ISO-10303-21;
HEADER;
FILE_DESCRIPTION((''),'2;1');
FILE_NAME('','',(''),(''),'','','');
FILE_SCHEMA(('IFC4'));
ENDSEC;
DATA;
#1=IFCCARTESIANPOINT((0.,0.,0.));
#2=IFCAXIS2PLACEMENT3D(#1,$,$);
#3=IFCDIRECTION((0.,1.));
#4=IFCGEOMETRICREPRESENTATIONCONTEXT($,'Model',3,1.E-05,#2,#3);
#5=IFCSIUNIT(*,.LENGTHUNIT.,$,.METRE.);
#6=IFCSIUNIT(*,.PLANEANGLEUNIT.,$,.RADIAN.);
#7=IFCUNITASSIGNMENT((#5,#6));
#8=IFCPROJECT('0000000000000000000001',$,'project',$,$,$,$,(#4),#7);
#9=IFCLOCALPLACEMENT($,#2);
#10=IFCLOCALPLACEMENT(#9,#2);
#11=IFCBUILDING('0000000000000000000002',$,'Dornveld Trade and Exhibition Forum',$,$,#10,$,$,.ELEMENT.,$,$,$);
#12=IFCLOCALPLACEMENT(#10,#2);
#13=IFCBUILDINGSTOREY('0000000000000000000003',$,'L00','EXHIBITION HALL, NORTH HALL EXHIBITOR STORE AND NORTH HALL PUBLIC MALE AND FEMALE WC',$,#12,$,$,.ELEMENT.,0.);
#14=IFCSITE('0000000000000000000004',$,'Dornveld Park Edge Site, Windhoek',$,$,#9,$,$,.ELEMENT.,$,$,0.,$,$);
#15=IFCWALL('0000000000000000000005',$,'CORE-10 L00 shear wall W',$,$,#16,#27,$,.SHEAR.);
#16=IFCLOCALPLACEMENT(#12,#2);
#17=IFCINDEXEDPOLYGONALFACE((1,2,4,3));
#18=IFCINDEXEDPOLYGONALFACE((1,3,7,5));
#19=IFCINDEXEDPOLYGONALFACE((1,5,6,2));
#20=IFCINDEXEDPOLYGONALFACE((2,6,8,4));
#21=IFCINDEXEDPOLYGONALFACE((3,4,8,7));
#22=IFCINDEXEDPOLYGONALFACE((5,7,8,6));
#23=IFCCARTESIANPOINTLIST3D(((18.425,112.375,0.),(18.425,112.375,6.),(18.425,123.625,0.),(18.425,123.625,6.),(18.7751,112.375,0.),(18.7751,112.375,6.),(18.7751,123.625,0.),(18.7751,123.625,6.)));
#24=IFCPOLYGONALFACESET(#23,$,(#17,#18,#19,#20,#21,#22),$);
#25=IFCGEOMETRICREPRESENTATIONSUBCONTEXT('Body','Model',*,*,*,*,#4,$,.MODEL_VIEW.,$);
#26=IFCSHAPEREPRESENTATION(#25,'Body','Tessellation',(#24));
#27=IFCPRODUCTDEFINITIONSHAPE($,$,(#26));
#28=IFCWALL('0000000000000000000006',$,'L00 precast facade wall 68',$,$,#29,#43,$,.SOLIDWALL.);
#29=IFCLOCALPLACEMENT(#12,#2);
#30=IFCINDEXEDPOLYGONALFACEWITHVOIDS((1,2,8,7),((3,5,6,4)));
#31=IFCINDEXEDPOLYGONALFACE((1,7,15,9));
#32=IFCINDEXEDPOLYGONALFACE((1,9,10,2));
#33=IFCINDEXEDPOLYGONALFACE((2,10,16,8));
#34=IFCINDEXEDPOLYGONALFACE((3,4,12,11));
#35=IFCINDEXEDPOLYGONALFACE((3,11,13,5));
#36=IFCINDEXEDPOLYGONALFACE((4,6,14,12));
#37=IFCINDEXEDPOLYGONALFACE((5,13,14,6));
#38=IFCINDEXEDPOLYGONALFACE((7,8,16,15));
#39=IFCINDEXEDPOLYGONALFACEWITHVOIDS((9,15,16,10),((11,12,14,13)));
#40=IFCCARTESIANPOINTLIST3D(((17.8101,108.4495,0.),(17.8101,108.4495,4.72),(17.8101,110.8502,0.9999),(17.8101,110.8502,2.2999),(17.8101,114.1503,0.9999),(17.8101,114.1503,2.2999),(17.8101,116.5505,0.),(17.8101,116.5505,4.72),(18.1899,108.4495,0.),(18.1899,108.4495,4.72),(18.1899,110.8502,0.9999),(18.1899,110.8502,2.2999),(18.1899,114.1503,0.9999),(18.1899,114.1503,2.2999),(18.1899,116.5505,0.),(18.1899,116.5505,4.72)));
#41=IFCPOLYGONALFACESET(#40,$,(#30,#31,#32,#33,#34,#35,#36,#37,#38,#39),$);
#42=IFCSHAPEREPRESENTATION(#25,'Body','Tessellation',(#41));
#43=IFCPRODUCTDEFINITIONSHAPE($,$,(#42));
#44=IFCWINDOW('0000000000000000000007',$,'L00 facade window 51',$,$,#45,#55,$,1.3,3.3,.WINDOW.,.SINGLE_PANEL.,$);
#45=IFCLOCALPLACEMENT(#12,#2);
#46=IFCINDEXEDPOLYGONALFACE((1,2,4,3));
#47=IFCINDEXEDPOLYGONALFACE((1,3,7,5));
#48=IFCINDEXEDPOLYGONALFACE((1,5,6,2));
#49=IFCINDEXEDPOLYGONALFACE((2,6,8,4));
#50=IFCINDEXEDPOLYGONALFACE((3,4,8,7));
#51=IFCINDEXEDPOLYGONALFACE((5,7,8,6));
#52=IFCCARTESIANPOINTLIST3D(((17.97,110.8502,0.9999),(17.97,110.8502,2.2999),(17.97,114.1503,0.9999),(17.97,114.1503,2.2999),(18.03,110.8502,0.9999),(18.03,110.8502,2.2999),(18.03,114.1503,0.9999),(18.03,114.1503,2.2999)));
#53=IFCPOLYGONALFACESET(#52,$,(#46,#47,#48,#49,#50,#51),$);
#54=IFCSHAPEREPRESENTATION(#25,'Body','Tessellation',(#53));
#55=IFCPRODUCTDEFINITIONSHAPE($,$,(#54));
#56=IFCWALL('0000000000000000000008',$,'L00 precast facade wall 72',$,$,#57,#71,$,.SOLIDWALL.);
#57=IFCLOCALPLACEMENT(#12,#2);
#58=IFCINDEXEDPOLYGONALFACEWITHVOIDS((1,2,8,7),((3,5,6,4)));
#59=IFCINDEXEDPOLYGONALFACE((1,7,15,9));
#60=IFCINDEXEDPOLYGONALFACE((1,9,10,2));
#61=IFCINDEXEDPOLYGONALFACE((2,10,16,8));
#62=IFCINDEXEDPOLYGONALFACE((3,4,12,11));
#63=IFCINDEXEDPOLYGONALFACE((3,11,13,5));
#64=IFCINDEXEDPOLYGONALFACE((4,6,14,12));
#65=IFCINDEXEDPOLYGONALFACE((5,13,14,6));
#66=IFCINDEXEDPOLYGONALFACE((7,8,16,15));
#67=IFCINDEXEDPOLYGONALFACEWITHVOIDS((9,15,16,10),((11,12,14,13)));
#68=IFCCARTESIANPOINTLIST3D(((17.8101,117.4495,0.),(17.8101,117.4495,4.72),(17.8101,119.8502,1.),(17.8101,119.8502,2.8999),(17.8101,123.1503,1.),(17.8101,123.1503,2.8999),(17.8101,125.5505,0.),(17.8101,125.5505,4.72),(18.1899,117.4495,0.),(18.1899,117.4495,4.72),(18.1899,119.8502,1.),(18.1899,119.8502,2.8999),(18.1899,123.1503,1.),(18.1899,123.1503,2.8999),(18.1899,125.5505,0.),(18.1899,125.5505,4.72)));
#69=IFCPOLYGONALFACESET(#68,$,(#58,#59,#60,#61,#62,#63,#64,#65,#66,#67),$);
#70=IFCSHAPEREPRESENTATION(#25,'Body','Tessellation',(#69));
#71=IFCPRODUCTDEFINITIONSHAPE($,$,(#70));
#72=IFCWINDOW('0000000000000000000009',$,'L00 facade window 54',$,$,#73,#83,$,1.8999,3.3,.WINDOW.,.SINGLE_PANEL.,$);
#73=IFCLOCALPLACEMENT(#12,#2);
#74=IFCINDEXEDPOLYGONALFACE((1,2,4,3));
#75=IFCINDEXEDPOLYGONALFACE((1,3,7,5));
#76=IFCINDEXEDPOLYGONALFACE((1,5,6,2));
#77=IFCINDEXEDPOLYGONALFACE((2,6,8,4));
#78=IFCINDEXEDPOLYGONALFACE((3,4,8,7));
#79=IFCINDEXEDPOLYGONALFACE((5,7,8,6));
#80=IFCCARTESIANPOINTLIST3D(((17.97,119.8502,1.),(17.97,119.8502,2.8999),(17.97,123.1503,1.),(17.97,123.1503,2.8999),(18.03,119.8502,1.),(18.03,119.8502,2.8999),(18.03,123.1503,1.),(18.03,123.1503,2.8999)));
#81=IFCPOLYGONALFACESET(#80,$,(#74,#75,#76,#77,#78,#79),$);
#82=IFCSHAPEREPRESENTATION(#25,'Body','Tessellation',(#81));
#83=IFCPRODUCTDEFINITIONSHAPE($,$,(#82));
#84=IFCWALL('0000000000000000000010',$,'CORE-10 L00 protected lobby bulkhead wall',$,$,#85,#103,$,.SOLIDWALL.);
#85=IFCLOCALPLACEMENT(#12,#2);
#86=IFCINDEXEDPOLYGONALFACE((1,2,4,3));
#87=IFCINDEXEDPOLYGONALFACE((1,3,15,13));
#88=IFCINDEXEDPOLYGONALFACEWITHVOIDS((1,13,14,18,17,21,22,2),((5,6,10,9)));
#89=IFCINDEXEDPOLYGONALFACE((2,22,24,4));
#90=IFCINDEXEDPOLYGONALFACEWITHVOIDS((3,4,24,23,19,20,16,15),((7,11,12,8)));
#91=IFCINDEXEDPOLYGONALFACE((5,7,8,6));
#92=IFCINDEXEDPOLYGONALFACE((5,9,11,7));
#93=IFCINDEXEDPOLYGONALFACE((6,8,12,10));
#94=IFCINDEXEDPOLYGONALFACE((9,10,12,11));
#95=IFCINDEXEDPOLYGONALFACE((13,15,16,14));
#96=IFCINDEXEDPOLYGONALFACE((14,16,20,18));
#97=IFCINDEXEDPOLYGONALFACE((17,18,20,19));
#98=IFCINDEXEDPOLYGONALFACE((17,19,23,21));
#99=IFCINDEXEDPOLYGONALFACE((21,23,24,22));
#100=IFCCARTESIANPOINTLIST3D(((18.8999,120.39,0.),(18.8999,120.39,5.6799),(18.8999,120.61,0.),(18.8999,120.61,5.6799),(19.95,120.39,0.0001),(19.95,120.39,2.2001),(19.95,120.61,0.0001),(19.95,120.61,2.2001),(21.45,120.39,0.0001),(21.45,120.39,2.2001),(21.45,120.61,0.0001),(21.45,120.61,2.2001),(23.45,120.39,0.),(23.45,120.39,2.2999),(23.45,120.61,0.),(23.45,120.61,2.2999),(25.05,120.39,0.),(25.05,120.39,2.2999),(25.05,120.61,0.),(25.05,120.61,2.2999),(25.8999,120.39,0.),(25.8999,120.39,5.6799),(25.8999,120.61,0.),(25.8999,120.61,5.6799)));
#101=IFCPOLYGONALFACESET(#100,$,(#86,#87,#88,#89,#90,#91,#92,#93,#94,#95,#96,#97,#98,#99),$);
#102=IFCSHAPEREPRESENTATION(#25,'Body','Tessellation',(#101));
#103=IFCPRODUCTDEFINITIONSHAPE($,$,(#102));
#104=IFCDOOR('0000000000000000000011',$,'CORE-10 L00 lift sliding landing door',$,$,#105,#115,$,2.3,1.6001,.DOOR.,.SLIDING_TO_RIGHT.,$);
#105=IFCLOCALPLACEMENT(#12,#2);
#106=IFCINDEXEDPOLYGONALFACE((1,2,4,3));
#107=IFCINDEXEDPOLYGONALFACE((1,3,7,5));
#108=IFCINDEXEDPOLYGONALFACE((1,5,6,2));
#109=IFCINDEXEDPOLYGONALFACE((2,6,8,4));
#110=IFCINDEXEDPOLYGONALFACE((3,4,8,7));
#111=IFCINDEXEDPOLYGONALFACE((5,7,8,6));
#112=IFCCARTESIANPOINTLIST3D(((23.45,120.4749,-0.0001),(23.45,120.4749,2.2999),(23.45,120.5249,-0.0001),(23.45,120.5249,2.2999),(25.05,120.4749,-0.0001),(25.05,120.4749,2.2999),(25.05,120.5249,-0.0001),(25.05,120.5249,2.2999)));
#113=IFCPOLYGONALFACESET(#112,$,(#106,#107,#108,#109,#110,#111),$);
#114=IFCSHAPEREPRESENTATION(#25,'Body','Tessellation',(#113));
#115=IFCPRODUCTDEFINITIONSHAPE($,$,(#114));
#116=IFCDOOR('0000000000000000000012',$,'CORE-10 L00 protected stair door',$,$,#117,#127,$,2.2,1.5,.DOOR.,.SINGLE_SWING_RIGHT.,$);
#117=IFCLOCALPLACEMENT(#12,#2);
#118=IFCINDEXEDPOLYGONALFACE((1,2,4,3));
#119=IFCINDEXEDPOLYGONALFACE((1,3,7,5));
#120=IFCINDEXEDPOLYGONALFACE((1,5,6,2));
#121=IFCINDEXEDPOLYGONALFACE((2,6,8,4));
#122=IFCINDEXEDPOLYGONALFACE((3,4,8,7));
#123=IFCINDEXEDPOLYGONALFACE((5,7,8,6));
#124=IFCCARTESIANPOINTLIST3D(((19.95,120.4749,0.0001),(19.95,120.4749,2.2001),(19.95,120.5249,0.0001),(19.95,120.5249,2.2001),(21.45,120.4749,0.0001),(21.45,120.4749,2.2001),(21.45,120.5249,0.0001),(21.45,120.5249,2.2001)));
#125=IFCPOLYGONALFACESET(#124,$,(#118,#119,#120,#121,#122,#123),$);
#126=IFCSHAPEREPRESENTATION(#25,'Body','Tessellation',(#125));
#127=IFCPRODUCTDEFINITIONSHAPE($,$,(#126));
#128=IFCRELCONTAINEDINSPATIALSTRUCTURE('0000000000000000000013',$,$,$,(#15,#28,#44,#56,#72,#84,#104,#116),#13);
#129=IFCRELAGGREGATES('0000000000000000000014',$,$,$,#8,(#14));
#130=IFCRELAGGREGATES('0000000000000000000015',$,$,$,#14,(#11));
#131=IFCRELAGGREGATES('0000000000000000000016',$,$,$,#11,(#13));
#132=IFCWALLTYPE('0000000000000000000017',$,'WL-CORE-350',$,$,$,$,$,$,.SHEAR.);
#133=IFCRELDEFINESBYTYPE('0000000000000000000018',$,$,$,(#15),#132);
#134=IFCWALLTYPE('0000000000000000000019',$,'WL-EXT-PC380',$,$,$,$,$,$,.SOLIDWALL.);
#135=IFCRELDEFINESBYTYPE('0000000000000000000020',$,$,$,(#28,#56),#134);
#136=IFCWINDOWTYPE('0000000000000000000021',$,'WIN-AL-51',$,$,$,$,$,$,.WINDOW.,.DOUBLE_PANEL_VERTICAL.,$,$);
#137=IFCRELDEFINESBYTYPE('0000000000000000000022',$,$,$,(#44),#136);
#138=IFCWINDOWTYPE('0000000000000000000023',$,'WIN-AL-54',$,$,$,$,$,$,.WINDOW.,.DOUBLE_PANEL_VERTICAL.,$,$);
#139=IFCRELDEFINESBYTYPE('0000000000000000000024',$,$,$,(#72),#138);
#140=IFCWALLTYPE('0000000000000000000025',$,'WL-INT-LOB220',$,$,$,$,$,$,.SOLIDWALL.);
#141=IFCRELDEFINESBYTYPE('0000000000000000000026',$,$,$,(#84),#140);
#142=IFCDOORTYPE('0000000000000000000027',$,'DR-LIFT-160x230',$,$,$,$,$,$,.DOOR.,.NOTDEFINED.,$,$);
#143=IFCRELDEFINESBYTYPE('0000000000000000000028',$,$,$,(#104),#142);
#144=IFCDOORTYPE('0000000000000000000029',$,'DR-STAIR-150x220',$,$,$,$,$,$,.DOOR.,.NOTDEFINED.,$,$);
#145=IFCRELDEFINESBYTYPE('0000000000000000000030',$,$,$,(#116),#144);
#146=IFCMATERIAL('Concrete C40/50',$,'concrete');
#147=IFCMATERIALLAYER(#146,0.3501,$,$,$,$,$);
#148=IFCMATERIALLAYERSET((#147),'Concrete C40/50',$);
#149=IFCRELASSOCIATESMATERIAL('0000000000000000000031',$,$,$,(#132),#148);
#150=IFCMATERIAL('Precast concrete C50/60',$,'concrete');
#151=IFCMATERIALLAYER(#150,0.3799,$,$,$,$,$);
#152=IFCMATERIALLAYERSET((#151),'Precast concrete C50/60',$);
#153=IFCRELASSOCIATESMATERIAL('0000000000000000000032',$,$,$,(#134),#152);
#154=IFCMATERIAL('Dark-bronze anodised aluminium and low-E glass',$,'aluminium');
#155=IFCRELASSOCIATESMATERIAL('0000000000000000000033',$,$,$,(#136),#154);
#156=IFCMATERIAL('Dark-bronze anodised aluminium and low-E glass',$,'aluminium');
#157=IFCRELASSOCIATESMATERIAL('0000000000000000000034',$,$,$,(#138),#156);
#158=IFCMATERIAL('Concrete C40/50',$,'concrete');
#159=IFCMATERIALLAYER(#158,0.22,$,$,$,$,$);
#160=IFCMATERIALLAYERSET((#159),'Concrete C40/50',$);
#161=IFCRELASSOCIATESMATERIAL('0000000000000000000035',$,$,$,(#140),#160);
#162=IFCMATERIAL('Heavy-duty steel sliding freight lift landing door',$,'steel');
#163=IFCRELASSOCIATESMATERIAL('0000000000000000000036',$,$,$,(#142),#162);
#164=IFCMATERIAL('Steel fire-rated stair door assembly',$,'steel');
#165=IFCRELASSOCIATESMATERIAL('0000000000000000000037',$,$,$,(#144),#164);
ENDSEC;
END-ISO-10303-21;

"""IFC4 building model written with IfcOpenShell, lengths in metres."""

from ifc_helpers import new_model, si_unit, direction, frame, frame_2d, origin, place, context, subcontext, project, spatial, rectangle, extrude, material, layer, layer_set, type_object, element, fill, save


model = new_model("IFC4")

# Units and contexts
model_context = context("Model", 3, precision=1e-05, world=origin(), true_north=direction((0.0, 1.0)))
body_context = subcontext(model_context, "Body", "Model", "MODEL_VIEW")
ifc_project = project(units=[si_unit("LENGTHUNIT", "METRE"), si_unit("PLANEANGLEUNIT", "RADIAN")], contexts=[model_context])

# Site, building, storey
site_placement = place(None, origin())
site = spatial("IfcSite", under=ifc_project, at=site_placement, Name="Dornveld Park Edge Site, Windhoek", CompositionType="ELEMENT", RefElevation=0.0)
building_placement = place(site_placement, origin())
building = spatial("IfcBuilding", under=site, at=building_placement, Name="Dornveld Trade and Exhibition Forum", CompositionType="ELEMENT")
storey_placement = place(building_placement, origin())
storey = spatial("IfcBuildingStorey", under=building, at=storey_placement, Name="L00", Description="EXHIBITION HALL, NORTH HALL EXHIBITOR STORE AND NORTH HALL PUBLIC MALE AND FEMALE WC", CompositionType="ELEMENT", Elevation=0.0)

# Shared definitions
ifc_material_1 = material(Name="Concrete C40/50", Category="concrete")
ifc_layer_1 = layer(ifc_material_1, 0.3501)
ifc_layer_set_1 = layer_set([ifc_layer_1], Name="Concrete C40/50")
wall_type_1 = type_object("IfcWallType", Name="WL-CORE-350", PredefinedType="SHEAR", material=ifc_layer_set_1)

# Wall
wall_1_placement = place(storey_placement, frame((18.6001, 112.375, 0.0), z_axis=(0.0, 0.0, 1.0), x_axis=(0.0, 1.0, 0.0)))
element("IfcWall", 1, at=wall_1_placement, inside=storey, type_object=wall_type_1, Name="CORE-10 L00 shear wall W", PredefinedType="SHEAR", context=body_context, shape_type="SweptSolid", body=[
    extrude(rectangle(XDim=11.25, YDim=0.3501, at=frame_2d((5.625, 0.0))), origin(), (0.0, 0.0, 1.0), 6.0),
])

# Walls, openings, windows
ifc_material_2 = material(Name="Precast concrete C50/60", Category="concrete")
ifc_layer_2 = layer(ifc_material_2, 0.3799)
ifc_layer_set_2 = layer_set([ifc_layer_2], Name="Precast concrete C50/60")
wall_type_2 = type_object("IfcWallType", Name="WL-EXT-PC380", PredefinedType="SOLIDWALL", material=ifc_layer_set_2)
wall_2_placement = place(storey_placement, frame((18.0, 116.5505, 0.0), z_axis=(0.0, 0.0, 1.0), x_axis=(0.0, -1.0, 0.0)))
wall_2 = element("IfcWall", 2, at=wall_2_placement, inside=storey, type_object=wall_type_2, Name="L00 precast facade wall 68", PredefinedType="SOLIDWALL", context=body_context, shape_type="SweptSolid", body=[
    extrude(rectangle(XDim=8.1011, YDim=0.3799, at=frame_2d((4.0505, 0.0))), origin(), (0.0, 0.0, 1.0), 4.72),
])
opening_1_placement = place(wall_2_placement, frame((2.4004, 0.0, 1.0)))
opening_1 = element("IfcOpeningElement", 3, at=opening_1_placement, cuts=wall_2, PredefinedType="OPENING", context=body_context, shape_type="SweptSolid", body=[
    extrude(rectangle(XDim=3.3, YDim=1.3, at=frame_2d((1.6499, 0.6499))), frame((0.0, 0.2, 0.0), z_axis=(0.0, -1.0, 0.0), x_axis=(1.0, 0.0, 0.0)), (0.0, 0.0, 1.0), 0.3999),
])
ifc_material_3 = material(Name="Dark-bronze anodised aluminium and low-E glass", Category="aluminium")
window_type_1 = type_object("IfcWindowType", Name="WIN-AL-51", PartitioningType="DOUBLE_PANEL_VERTICAL", PredefinedType="WINDOW", material=ifc_material_3)
window_1_placement = place(opening_1_placement, origin())
window_1 = element("IfcWindow", 4, at=window_1_placement, inside=storey, type_object=window_type_1, Name="L00 facade window 51", OverallHeight=1.3, OverallWidth=3.3, PartitioningType="SINGLE_PANEL", PredefinedType="WINDOW", context=body_context, shape_type="SweptSolid", body=[
    extrude(rectangle(XDim=3.3, YDim=1.3, at=frame_2d((1.6499, 0.6499))), frame((0.0, 0.03, 0.0), z_axis=(0.0, -1.0, 0.0), x_axis=(1.0, 0.0, 0.0)), (0.0, 0.0, 1.0), 0.0601),
])
fill(opening_1, window_1)
wall_3_placement = place(storey_placement, frame((18.0, 125.5505, 0.0), z_axis=(0.0, 0.0, 1.0), x_axis=(0.0, -1.0, 0.0)))
wall_3 = element("IfcWall", 5, at=wall_3_placement, inside=storey, type_object=wall_type_2, Name="L00 precast facade wall 72", PredefinedType="SOLIDWALL", context=body_context, shape_type="SweptSolid", body=[
    extrude(rectangle(XDim=8.1011, YDim=0.3799, at=frame_2d((4.0505, 0.0))), origin(), (0.0, 0.0, 1.0), 4.72),
])
opening_2_placement = place(wall_3_placement, frame((2.4004, 0.0, 1.0)))
opening_2 = element("IfcOpeningElement", 6, at=opening_2_placement, cuts=wall_3, PredefinedType="OPENING", context=body_context, shape_type="SweptSolid", body=[
    extrude(rectangle(XDim=3.3, YDim=1.8999, at=frame_2d((1.6499, 0.95))), frame((0.0, 0.2, 0.0), z_axis=(0.0, -1.0, 0.0), x_axis=(1.0, 0.0, 0.0)), (0.0, 0.0, 1.0), 0.3999),
])
ifc_material_4 = material(Name="Dark-bronze anodised aluminium and low-E glass", Category="aluminium")
window_type_2 = type_object("IfcWindowType", Name="WIN-AL-54", PartitioningType="DOUBLE_PANEL_VERTICAL", PredefinedType="WINDOW", material=ifc_material_4)
window_2_placement = place(opening_2_placement, origin())
window_2 = element("IfcWindow", 7, at=window_2_placement, inside=storey, type_object=window_type_2, Name="L00 facade window 54", OverallHeight=1.8999, OverallWidth=3.3, PartitioningType="SINGLE_PANEL", PredefinedType="WINDOW", context=body_context, shape_type="SweptSolid", body=[
    extrude(rectangle(XDim=3.3, YDim=1.8999, at=frame_2d((1.6499, 0.95))), frame((0.0, 0.03, 0.0), z_axis=(0.0, -1.0, 0.0), x_axis=(1.0, 0.0, 0.0)), (0.0, 0.0, 1.0), 0.0601),
])
fill(opening_2, window_2)

# Wall, openings, doors
ifc_material_5 = material(Name="Concrete C40/50", Category="concrete")
ifc_layer_3 = layer(ifc_material_5, 0.22)
ifc_layer_set_3 = layer_set([ifc_layer_3], Name="Concrete C40/50")
wall_type_3 = type_object("IfcWallType", Name="WL-INT-LOB220", PredefinedType="SOLIDWALL", material=ifc_layer_set_3)
wall_4_placement = place(storey_placement, frame((18.8999, 120.5, 0.0), z_axis=(0.0, 0.0, 1.0), x_axis=(1.0, 0.0, 0.0)))
wall_4 = element("IfcWall", 8, at=wall_4_placement, inside=storey, type_object=wall_type_3, Name="CORE-10 L00 protected lobby bulkhead wall", PredefinedType="SOLIDWALL", context=body_context, shape_type="SweptSolid", body=[
    extrude(rectangle(XDim=7.0, YDim=0.22, at=frame_2d((3.5, 0.0))), origin(), (0.0, 0.0, 1.0), 5.6799),
])
opening_3_placement = place(wall_4_placement, frame((1.05, 0.0, 0.0)))
opening_3 = element("IfcOpeningElement", 9, at=opening_3_placement, cuts=wall_4, PredefinedType="OPENING", context=body_context, shape_type="SweptSolid", body=[
    extrude(rectangle(XDim=1.5, YDim=2.2, at=frame_2d((0.75, 1.1001))), frame((0.0, 0.1199, 0.0), z_axis=(0.0, -1.0, 0.0), x_axis=(1.0, 0.0, 0.0)), (0.0, 0.0, 1.0), 0.24),
])
opening_4_placement = place(wall_4_placement, frame((4.55, 0.0, 0.0)))
opening_4 = element("IfcOpeningElement", 10, at=opening_4_placement, cuts=wall_4, PredefinedType="OPENING", context=body_context, shape_type="SweptSolid", body=[
    extrude(rectangle(XDim=1.6001, YDim=2.3, at=frame_2d((0.8, 1.1499))), frame((0.0, 0.1199, 0.0), z_axis=(0.0, -1.0, 0.0), x_axis=(1.0, 0.0, 0.0)), (0.0, 0.0, 1.0), 0.24),
])
ifc_material_6 = material(Name="Heavy-duty steel sliding freight lift landing door", Category="steel")
door_type_1 = type_object("IfcDoorType", Name="DR-LIFT-160x230", OperationType="NOTDEFINED", PredefinedType="DOOR", material=ifc_material_6)
door_1_placement = place(opening_4_placement, origin())
door_1 = element("IfcDoor", 11, at=door_1_placement, inside=storey, type_object=door_type_1, Name="CORE-10 L00 lift sliding landing door", OperationType="SLIDING_TO_RIGHT", OverallHeight=2.3, OverallWidth=1.6001, PredefinedType="DOOR", context=body_context, shape_type="SweptSolid", body=[
    extrude(rectangle(XDim=1.6001, YDim=2.3, at=frame_2d((0.8, 1.1499))), frame((0.0, 0.0249, 0.0), z_axis=(0.0, -1.0, 0.0), x_axis=(1.0, 0.0, 0.0)), (0.0, 0.0, 1.0), 0.05),
])
fill(opening_4, door_1)
ifc_material_7 = material(Name="Steel fire-rated stair door assembly", Category="steel")
door_type_2 = type_object("IfcDoorType", Name="DR-STAIR-150x220", OperationType="NOTDEFINED", PredefinedType="DOOR", material=ifc_material_7)
door_2_placement = place(opening_3_placement, origin())
door_2 = element("IfcDoor", 12, at=door_2_placement, inside=storey, type_object=door_type_2, Name="CORE-10 L00 protected stair door", OperationType="SINGLE_SWING_RIGHT", OverallHeight=2.2, OverallWidth=1.5, PredefinedType="DOOR", context=body_context, shape_type="SweptSolid", body=[
    extrude(rectangle(XDim=1.5, YDim=2.2, at=frame_2d((0.75, 1.1001))), frame((0.0, 0.0249, 0.0), z_axis=(0.0, -1.0, 0.0), x_axis=(1.0, 0.0, 0.0)), (0.0, 0.0, 1.0), 0.05),
])
fill(opening_3, door_2)

save(model, "model.ifc")
